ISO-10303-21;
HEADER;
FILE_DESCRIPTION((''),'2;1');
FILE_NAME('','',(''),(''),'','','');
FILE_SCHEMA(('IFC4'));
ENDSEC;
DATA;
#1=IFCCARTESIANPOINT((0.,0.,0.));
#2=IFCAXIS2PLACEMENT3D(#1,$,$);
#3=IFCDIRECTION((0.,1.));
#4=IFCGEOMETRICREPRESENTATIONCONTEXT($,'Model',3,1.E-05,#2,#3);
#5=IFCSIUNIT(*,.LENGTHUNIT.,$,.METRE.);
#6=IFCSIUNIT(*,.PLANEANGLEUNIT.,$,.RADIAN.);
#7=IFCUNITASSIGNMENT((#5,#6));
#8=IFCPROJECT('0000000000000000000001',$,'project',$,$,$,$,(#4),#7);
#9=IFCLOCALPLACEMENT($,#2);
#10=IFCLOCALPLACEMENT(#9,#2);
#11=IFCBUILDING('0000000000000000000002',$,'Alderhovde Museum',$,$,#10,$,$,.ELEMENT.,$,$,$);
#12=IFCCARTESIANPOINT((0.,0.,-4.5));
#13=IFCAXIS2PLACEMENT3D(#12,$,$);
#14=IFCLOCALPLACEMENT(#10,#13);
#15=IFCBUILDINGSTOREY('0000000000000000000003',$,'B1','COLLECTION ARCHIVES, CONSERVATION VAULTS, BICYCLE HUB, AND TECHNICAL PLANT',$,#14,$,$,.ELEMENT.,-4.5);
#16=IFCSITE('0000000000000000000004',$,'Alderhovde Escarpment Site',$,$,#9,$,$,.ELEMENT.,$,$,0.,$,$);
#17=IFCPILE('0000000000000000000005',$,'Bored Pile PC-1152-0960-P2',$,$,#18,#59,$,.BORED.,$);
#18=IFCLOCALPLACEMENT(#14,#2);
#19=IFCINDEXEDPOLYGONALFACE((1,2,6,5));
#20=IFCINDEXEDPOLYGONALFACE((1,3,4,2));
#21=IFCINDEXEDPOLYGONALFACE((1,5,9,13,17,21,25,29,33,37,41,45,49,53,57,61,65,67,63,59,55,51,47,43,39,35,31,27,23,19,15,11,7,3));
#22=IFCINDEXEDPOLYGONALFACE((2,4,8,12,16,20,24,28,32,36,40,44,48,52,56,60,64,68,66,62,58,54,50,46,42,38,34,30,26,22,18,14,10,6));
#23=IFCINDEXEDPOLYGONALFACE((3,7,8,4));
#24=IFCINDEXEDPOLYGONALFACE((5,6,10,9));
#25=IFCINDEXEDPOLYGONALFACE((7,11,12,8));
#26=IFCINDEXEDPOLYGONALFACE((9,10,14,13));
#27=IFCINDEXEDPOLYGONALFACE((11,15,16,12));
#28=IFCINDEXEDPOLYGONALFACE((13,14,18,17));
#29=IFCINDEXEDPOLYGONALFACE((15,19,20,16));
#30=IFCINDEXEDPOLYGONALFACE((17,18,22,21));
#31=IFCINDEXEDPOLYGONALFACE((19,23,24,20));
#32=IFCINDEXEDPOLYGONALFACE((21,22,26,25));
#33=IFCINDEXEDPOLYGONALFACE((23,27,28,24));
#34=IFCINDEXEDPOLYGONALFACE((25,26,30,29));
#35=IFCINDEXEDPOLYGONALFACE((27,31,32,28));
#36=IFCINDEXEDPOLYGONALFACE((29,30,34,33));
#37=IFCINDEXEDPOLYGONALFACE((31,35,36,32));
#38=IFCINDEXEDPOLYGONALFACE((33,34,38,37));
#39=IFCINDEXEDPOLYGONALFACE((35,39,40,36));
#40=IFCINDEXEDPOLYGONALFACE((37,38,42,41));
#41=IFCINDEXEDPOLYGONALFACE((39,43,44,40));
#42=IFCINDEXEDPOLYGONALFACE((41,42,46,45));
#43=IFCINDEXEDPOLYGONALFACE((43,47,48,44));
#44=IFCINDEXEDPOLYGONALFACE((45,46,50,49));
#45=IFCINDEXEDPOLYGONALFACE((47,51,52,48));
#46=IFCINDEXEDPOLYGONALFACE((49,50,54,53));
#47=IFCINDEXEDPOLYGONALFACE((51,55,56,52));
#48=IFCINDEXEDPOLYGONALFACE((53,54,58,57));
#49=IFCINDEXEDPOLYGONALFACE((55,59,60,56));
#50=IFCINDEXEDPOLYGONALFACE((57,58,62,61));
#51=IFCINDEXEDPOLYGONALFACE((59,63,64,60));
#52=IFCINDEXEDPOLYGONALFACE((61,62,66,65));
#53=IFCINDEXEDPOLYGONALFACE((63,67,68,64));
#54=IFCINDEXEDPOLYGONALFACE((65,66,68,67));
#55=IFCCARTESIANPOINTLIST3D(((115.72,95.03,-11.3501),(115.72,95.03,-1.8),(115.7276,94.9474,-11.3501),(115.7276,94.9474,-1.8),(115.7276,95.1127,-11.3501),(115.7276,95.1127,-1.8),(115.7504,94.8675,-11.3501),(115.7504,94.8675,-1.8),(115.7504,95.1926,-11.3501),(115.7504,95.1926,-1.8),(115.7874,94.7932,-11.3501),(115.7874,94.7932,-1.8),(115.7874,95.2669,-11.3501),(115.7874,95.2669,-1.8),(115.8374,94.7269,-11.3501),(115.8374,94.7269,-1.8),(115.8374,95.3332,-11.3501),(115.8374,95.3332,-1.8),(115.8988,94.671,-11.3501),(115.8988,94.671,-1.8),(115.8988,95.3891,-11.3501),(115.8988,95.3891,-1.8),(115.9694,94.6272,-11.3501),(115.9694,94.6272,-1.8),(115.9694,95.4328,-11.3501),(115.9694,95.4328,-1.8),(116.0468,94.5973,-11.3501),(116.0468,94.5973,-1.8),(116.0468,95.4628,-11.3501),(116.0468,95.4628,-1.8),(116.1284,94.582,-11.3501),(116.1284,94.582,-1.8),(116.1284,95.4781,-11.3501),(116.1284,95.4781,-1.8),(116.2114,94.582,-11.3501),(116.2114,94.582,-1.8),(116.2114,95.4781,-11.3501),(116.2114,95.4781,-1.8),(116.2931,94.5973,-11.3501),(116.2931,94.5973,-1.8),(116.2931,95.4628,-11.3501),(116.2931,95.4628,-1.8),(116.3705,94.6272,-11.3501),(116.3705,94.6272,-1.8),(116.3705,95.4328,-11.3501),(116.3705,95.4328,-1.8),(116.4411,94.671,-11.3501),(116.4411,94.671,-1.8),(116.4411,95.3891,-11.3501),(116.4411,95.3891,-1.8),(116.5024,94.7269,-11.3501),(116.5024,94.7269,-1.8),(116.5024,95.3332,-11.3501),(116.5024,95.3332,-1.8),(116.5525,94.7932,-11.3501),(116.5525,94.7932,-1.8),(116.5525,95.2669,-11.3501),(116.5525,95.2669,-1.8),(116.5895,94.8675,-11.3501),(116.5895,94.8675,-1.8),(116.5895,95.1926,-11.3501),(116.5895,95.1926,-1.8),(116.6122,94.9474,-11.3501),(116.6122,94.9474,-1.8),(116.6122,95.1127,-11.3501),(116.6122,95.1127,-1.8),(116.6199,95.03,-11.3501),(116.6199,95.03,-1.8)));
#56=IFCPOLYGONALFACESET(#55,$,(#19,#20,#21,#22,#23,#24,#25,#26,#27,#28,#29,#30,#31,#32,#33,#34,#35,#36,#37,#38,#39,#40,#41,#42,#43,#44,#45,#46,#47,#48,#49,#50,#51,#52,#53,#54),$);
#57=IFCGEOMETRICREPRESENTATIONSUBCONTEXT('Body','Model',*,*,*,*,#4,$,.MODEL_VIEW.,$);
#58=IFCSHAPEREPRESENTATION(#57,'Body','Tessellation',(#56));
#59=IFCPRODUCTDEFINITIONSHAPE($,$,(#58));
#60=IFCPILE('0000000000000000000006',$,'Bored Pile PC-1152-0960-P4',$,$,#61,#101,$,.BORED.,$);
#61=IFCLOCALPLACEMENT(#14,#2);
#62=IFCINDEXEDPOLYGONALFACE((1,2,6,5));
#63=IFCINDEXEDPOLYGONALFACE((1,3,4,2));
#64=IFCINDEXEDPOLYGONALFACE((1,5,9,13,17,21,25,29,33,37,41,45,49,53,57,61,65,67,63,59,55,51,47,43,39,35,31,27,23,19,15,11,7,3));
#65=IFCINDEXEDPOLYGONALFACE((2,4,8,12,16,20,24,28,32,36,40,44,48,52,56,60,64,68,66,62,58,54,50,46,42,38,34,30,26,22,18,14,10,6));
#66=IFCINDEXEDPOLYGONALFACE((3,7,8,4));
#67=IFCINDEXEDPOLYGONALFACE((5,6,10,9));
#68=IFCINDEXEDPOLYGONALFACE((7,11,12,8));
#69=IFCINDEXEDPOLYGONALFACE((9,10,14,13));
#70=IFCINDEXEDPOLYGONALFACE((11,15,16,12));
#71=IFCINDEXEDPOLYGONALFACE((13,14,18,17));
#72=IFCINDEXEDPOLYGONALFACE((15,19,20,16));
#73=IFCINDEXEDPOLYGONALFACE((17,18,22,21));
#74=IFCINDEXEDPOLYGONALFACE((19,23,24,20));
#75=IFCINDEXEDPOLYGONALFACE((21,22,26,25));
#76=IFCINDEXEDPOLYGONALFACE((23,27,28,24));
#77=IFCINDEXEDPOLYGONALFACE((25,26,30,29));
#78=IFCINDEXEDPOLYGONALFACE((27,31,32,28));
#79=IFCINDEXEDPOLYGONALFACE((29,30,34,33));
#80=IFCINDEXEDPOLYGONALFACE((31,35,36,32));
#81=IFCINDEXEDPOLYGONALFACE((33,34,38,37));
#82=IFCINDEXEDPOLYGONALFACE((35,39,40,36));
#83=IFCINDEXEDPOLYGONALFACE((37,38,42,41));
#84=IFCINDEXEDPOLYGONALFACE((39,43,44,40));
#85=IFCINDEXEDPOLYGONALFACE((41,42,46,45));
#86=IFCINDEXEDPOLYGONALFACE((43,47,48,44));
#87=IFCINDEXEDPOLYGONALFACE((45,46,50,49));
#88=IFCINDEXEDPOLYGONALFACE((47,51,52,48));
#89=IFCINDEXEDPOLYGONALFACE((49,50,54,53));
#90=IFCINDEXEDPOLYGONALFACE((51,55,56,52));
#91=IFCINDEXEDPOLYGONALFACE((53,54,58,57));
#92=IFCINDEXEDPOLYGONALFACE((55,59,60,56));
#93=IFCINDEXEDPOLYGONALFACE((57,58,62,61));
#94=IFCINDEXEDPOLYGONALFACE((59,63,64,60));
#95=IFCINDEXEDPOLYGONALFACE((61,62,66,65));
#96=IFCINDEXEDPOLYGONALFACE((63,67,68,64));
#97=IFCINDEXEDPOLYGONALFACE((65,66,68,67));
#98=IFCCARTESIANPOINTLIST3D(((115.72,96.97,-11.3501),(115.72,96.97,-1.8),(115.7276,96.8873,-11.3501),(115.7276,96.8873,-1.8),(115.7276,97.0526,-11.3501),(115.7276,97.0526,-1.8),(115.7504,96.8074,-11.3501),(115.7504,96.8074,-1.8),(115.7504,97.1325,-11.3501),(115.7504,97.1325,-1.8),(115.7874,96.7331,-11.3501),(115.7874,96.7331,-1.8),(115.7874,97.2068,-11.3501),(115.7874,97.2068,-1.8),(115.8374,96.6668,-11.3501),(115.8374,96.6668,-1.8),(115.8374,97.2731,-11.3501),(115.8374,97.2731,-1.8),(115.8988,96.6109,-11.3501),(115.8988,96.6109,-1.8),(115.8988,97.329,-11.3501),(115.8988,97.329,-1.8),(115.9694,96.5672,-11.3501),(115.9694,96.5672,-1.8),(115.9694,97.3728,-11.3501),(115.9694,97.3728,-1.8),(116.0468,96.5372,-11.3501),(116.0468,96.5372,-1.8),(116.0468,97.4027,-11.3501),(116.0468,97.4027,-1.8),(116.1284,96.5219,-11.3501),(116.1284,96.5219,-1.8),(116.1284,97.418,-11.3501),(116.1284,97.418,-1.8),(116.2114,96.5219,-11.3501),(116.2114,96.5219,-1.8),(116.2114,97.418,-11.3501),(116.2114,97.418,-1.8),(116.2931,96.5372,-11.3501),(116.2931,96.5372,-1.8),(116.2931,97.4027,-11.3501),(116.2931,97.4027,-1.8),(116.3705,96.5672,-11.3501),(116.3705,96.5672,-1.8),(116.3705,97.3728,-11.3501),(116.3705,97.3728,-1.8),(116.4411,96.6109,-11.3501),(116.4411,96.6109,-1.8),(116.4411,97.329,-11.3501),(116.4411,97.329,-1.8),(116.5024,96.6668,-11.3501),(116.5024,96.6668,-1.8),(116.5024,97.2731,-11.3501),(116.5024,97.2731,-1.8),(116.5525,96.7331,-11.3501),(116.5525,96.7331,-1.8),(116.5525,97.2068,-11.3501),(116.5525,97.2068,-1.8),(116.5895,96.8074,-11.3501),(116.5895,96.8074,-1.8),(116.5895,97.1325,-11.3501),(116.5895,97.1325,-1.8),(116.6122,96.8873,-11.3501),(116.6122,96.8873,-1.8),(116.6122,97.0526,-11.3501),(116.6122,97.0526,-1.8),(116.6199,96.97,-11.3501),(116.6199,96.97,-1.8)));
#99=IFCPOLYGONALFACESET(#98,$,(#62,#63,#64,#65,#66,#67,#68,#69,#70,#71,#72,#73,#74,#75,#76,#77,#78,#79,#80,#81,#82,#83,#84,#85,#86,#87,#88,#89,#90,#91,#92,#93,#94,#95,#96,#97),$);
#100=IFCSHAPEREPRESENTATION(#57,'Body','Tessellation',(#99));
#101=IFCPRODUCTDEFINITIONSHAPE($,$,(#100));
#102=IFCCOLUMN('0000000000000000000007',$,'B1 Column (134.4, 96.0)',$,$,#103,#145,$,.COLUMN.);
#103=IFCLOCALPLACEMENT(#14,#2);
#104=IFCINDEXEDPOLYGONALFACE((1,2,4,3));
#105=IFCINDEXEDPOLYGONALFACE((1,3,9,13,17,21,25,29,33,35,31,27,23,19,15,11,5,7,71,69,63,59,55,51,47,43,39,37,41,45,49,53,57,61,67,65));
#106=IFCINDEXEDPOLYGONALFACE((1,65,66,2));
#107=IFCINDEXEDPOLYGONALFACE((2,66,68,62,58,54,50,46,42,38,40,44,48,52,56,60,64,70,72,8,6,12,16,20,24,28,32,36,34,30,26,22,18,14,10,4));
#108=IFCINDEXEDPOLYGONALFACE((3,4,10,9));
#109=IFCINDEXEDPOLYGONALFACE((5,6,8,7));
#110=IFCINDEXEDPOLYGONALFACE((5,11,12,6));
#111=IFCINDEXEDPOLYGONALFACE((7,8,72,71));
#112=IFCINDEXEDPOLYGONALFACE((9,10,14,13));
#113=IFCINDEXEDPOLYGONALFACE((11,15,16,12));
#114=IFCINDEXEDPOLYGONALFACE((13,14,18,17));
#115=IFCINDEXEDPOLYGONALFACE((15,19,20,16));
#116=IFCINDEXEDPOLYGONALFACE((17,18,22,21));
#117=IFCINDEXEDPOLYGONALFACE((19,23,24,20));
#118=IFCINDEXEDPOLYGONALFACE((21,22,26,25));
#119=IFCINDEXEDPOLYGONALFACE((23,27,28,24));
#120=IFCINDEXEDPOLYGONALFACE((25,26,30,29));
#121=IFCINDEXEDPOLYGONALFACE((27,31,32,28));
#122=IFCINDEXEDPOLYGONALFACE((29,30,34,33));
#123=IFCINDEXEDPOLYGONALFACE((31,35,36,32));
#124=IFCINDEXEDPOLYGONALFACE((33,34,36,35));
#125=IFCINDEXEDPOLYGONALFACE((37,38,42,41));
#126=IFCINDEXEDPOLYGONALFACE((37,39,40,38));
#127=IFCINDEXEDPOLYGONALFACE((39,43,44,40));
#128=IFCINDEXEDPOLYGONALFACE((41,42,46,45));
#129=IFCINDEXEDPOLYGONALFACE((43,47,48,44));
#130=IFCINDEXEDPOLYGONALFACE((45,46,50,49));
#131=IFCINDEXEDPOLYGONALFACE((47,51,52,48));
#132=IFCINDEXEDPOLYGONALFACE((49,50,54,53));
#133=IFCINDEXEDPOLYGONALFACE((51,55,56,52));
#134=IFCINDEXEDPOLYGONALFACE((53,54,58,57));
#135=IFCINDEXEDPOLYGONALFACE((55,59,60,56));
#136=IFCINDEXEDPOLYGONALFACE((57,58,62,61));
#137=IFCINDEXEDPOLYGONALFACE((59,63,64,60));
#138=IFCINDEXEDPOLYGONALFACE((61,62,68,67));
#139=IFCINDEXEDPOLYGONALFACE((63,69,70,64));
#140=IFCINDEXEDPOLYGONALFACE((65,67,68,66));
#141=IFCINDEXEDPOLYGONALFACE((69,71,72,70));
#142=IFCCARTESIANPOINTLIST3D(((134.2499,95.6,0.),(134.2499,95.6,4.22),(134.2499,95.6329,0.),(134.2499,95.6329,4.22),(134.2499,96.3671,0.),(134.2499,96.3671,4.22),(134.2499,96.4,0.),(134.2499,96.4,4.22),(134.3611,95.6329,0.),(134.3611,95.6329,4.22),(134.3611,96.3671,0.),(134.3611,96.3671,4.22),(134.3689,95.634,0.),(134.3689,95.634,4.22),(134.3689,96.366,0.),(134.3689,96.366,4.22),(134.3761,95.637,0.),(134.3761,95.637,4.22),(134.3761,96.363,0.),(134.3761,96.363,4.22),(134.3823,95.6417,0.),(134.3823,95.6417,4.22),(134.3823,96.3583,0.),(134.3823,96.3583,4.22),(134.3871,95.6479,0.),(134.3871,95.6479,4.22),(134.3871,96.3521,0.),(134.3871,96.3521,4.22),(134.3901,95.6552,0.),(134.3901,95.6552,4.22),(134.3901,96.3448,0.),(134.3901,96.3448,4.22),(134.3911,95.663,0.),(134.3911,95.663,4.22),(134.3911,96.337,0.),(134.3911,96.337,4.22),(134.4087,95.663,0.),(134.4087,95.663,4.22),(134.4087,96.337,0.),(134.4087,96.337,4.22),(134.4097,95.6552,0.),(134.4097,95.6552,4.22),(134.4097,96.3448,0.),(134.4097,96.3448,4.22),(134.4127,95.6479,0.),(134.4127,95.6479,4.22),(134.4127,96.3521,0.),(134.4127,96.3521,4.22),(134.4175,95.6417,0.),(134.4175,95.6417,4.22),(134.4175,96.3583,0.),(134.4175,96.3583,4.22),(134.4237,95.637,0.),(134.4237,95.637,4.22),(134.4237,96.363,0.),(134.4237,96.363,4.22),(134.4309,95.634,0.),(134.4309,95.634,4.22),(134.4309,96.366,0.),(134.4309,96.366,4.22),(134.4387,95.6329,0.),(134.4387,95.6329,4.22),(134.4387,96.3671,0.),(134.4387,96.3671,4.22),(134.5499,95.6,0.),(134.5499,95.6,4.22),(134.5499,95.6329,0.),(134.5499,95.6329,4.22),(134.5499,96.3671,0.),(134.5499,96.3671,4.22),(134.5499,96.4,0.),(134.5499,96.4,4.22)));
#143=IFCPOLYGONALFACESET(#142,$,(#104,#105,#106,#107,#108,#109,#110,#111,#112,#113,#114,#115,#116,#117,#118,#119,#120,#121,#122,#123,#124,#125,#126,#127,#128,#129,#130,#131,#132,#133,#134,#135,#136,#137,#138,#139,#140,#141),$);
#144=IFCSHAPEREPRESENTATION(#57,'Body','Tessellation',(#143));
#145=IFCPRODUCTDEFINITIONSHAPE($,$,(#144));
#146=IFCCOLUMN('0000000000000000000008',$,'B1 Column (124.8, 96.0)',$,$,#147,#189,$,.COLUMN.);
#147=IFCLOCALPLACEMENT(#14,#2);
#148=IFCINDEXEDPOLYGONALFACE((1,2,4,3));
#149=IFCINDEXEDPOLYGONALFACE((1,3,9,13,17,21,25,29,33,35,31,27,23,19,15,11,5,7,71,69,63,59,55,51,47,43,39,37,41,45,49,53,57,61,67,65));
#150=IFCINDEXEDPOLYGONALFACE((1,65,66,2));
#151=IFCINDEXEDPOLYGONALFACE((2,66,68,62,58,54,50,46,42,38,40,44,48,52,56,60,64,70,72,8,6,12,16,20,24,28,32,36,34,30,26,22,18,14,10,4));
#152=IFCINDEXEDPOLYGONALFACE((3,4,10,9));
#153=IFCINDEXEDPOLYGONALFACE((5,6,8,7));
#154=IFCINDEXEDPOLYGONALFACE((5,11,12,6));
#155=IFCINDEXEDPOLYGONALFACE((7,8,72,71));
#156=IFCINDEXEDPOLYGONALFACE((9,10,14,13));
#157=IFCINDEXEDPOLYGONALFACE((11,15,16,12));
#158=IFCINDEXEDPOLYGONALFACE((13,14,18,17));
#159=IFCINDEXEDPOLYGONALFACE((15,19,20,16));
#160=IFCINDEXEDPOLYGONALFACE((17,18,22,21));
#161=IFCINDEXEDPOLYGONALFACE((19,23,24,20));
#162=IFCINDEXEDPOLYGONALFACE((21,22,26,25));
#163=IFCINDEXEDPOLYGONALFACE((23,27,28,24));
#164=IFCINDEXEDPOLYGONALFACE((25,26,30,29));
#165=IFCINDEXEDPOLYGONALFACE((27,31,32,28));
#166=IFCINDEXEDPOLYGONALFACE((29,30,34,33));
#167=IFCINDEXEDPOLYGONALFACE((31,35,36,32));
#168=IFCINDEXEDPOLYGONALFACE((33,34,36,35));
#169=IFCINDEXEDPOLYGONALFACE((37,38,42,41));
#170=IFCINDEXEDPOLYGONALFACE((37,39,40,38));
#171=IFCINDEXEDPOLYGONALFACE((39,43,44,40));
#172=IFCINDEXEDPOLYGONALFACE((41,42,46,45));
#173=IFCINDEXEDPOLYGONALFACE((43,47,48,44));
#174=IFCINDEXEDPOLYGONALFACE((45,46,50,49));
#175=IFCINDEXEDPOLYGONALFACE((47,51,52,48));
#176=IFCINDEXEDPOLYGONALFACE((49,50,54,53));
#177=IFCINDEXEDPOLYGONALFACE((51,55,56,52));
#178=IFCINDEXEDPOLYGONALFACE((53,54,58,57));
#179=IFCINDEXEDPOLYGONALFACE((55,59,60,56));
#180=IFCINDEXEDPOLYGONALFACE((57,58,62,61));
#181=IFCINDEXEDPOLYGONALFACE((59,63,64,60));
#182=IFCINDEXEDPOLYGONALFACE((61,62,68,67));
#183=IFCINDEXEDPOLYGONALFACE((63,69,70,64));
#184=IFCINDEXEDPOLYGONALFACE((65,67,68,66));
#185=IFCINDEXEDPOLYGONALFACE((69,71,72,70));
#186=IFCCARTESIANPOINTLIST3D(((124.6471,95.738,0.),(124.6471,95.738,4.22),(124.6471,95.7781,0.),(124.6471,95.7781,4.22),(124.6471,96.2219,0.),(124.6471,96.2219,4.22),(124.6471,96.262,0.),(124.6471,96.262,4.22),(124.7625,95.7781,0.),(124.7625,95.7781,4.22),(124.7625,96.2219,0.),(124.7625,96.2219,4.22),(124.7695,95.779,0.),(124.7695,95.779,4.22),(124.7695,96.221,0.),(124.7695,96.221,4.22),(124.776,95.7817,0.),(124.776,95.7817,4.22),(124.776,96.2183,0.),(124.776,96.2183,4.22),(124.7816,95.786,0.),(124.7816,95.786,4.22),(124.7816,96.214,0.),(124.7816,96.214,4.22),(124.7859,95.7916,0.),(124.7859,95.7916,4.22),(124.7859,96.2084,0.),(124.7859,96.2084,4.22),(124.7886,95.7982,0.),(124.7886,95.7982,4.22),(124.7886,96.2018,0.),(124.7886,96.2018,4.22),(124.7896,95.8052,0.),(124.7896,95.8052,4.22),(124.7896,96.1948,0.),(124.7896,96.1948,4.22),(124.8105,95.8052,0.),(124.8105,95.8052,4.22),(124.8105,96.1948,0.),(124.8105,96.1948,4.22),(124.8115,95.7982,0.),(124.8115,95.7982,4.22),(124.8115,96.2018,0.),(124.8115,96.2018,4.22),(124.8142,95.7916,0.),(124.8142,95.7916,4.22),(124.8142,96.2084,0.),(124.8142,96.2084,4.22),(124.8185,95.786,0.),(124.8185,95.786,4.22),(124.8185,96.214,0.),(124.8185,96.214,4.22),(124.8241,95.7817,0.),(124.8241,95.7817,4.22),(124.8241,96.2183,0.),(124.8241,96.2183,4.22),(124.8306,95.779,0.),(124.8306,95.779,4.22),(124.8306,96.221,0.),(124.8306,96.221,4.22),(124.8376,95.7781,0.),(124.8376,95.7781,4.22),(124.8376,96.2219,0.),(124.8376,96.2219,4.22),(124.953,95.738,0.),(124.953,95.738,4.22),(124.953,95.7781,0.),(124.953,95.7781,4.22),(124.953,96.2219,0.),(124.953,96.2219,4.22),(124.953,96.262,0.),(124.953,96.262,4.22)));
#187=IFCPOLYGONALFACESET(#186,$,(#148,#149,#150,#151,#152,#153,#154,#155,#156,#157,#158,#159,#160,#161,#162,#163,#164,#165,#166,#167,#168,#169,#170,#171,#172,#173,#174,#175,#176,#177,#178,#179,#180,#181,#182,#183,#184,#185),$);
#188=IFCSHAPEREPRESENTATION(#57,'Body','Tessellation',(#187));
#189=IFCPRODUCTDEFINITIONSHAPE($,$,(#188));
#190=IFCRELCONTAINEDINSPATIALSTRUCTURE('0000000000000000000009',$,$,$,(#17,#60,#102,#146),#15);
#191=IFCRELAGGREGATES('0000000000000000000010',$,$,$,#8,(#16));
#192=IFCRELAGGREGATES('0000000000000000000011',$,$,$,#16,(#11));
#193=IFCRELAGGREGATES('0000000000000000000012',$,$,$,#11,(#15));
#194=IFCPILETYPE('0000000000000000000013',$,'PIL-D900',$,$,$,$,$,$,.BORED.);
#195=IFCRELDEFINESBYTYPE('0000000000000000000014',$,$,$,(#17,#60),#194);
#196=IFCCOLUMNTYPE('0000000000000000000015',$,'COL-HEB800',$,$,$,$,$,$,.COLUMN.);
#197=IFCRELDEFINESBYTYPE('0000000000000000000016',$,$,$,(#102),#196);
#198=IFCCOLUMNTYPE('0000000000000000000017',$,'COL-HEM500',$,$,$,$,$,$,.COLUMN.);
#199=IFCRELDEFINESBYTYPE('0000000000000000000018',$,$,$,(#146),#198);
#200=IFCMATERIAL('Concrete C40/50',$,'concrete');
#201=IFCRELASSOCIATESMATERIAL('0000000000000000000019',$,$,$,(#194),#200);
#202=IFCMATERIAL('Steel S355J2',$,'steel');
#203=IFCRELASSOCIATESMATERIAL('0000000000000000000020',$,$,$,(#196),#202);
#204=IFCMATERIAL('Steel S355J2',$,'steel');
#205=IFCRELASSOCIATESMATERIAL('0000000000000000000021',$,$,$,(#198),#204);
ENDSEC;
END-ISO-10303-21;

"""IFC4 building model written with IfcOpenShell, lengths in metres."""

from ifc_helpers import new_model, si_unit, direction, frame, origin, origin_2d, place, context, subcontext, project, spatial, circle, i_section, extrude, material, material_profile, profile_set, type_object, element, save


model = new_model("IFC4")

# Units and contexts
model_context = context("Model", 3, precision=1e-05, world=origin(), true_north=direction((0.0, 1.0)))
body_context = subcontext(model_context, "Body", "Model", "MODEL_VIEW")
ifc_project = project(units=[si_unit("LENGTHUNIT", "METRE"), si_unit("PLANEANGLEUNIT", "RADIAN")], contexts=[model_context])

# Site, building, storey
site_placement = place(None, origin())
site = spatial("IfcSite", under=ifc_project, at=site_placement, Name="Alderhovde Escarpment Site", CompositionType="ELEMENT", RefElevation=0.0)
building_placement = place(site_placement, origin())
building = spatial("IfcBuilding", under=site, at=building_placement, Name="Alderhovde Museum", CompositionType="ELEMENT")
storey_placement = place(building_placement, frame((0.0, 0.0, -4.5)))
storey = spatial("IfcBuildingStorey", under=building, at=storey_placement, Name="B1", Description="COLLECTION ARCHIVES, CONSERVATION VAULTS, BICYCLE HUB, AND TECHNICAL PLANT", CompositionType="ELEMENT", Elevation=-4.5)

# Piles
ifc_material_1 = material(Name="Concrete C40/50", Category="concrete")
ifc_material_profile_1 = material_profile(ifc_material_1, circle(Radius=0.45, at=origin_2d()), Name="PILE-D900")
ifc_profile_set_1 = profile_set([ifc_material_profile_1], Name="Concrete C40/50")
pile_type_1 = type_object("IfcPileType", Name="PIL-D900", PredefinedType="BORED", material=ifc_profile_set_1)
for number, where, z_axis, x_axis, name in (
    (1, (116.1699, 95.03, -1.8), (0.0, 0.0, -1.0), (1.0, 0.0, 0.0), "Bored Pile PC-1152-0960-P2"),
    (2, (116.1699, 96.97, -1.8), (0.0, 0.0, -1.0), (1.0, 0.0, 0.0), "Bored Pile PC-1152-0960-P4"),
):
    element("IfcPile", number, at=place(storey_placement, frame(where, z_axis=z_axis, x_axis=x_axis)), inside=storey, type_object=pile_type_1, Name=name, PredefinedType="BORED", context=body_context, shape_type="SweptSolid", body=[
        extrude(circle(Radius=0.45, at=origin_2d()), origin(), (0.0, 0.0, 1.0), 9.55),
    ])

# Columns
ifc_material_2 = material(Name="Steel S355J2", Category="steel")
ifc_material_profile_2 = material_profile(ifc_material_2, i_section(OverallWidth=0.3, OverallDepth=0.8, WebThickness=0.0176, FlangeThickness=0.033, FilletRadius=0.03, at=origin_2d()), Name="HEB 800")
ifc_profile_set_2 = profile_set([ifc_material_profile_2], Name="Steel S355J2")
column_type_1 = type_object("IfcColumnType", Name="COL-HEB800", PredefinedType="COLUMN", material=ifc_profile_set_2)
column_placement = place(storey_placement, frame((134.3999, 96.0, 0.0), z_axis=(0.0, 0.0, 1.0), x_axis=(1.0, 0.0, 0.0)))
element("IfcColumn", 3, at=column_placement, inside=storey, type_object=column_type_1, Name="B1 Column (134.4, 96.0)", PredefinedType="COLUMN", context=body_context, shape_type="SweptSolid", body=[
    extrude(i_section(OverallWidth=0.3, OverallDepth=0.8, WebThickness=0.0176, FlangeThickness=0.033, FilletRadius=0.03, at=origin_2d()), origin(), (0.0, 0.0, 1.0), 4.22),
])
ifc_material_3 = material(Name="Steel S355J2", Category="steel")
ifc_material_profile_3 = material_profile(ifc_material_3, i_section(OverallWidth=0.3059, OverallDepth=0.5239, WebThickness=0.021, FlangeThickness=0.04, FilletRadius=0.0271, at=origin_2d()), Name="HEM 500")
ifc_profile_set_3 = profile_set([ifc_material_profile_3], Name="Steel S355J2")
column_type_2 = type_object("IfcColumnType", Name="COL-HEM500", PredefinedType="COLUMN", material=ifc_profile_set_3)
for number, where, z_axis, x_axis, name in (
    (4, (124.8, 96.0, 0.0), (0.0, 0.0, 1.0), (1.0, 0.0, 0.0), "B1 Column (124.8, 96.0)"),
):
    element("IfcColumn", number, at=place(storey_placement, frame(where, z_axis=z_axis, x_axis=x_axis)), inside=storey, type_object=column_type_2, Name=name, PredefinedType="COLUMN", context=body_context, shape_type="SweptSolid", body=[
        extrude(i_section(OverallWidth=0.3059, OverallDepth=0.5239, WebThickness=0.021, FlangeThickness=0.04, FilletRadius=0.0271, at=origin_2d()), origin(), (0.0, 0.0, 1.0), 4.22),
    ])

save(model, "model.ifc")
